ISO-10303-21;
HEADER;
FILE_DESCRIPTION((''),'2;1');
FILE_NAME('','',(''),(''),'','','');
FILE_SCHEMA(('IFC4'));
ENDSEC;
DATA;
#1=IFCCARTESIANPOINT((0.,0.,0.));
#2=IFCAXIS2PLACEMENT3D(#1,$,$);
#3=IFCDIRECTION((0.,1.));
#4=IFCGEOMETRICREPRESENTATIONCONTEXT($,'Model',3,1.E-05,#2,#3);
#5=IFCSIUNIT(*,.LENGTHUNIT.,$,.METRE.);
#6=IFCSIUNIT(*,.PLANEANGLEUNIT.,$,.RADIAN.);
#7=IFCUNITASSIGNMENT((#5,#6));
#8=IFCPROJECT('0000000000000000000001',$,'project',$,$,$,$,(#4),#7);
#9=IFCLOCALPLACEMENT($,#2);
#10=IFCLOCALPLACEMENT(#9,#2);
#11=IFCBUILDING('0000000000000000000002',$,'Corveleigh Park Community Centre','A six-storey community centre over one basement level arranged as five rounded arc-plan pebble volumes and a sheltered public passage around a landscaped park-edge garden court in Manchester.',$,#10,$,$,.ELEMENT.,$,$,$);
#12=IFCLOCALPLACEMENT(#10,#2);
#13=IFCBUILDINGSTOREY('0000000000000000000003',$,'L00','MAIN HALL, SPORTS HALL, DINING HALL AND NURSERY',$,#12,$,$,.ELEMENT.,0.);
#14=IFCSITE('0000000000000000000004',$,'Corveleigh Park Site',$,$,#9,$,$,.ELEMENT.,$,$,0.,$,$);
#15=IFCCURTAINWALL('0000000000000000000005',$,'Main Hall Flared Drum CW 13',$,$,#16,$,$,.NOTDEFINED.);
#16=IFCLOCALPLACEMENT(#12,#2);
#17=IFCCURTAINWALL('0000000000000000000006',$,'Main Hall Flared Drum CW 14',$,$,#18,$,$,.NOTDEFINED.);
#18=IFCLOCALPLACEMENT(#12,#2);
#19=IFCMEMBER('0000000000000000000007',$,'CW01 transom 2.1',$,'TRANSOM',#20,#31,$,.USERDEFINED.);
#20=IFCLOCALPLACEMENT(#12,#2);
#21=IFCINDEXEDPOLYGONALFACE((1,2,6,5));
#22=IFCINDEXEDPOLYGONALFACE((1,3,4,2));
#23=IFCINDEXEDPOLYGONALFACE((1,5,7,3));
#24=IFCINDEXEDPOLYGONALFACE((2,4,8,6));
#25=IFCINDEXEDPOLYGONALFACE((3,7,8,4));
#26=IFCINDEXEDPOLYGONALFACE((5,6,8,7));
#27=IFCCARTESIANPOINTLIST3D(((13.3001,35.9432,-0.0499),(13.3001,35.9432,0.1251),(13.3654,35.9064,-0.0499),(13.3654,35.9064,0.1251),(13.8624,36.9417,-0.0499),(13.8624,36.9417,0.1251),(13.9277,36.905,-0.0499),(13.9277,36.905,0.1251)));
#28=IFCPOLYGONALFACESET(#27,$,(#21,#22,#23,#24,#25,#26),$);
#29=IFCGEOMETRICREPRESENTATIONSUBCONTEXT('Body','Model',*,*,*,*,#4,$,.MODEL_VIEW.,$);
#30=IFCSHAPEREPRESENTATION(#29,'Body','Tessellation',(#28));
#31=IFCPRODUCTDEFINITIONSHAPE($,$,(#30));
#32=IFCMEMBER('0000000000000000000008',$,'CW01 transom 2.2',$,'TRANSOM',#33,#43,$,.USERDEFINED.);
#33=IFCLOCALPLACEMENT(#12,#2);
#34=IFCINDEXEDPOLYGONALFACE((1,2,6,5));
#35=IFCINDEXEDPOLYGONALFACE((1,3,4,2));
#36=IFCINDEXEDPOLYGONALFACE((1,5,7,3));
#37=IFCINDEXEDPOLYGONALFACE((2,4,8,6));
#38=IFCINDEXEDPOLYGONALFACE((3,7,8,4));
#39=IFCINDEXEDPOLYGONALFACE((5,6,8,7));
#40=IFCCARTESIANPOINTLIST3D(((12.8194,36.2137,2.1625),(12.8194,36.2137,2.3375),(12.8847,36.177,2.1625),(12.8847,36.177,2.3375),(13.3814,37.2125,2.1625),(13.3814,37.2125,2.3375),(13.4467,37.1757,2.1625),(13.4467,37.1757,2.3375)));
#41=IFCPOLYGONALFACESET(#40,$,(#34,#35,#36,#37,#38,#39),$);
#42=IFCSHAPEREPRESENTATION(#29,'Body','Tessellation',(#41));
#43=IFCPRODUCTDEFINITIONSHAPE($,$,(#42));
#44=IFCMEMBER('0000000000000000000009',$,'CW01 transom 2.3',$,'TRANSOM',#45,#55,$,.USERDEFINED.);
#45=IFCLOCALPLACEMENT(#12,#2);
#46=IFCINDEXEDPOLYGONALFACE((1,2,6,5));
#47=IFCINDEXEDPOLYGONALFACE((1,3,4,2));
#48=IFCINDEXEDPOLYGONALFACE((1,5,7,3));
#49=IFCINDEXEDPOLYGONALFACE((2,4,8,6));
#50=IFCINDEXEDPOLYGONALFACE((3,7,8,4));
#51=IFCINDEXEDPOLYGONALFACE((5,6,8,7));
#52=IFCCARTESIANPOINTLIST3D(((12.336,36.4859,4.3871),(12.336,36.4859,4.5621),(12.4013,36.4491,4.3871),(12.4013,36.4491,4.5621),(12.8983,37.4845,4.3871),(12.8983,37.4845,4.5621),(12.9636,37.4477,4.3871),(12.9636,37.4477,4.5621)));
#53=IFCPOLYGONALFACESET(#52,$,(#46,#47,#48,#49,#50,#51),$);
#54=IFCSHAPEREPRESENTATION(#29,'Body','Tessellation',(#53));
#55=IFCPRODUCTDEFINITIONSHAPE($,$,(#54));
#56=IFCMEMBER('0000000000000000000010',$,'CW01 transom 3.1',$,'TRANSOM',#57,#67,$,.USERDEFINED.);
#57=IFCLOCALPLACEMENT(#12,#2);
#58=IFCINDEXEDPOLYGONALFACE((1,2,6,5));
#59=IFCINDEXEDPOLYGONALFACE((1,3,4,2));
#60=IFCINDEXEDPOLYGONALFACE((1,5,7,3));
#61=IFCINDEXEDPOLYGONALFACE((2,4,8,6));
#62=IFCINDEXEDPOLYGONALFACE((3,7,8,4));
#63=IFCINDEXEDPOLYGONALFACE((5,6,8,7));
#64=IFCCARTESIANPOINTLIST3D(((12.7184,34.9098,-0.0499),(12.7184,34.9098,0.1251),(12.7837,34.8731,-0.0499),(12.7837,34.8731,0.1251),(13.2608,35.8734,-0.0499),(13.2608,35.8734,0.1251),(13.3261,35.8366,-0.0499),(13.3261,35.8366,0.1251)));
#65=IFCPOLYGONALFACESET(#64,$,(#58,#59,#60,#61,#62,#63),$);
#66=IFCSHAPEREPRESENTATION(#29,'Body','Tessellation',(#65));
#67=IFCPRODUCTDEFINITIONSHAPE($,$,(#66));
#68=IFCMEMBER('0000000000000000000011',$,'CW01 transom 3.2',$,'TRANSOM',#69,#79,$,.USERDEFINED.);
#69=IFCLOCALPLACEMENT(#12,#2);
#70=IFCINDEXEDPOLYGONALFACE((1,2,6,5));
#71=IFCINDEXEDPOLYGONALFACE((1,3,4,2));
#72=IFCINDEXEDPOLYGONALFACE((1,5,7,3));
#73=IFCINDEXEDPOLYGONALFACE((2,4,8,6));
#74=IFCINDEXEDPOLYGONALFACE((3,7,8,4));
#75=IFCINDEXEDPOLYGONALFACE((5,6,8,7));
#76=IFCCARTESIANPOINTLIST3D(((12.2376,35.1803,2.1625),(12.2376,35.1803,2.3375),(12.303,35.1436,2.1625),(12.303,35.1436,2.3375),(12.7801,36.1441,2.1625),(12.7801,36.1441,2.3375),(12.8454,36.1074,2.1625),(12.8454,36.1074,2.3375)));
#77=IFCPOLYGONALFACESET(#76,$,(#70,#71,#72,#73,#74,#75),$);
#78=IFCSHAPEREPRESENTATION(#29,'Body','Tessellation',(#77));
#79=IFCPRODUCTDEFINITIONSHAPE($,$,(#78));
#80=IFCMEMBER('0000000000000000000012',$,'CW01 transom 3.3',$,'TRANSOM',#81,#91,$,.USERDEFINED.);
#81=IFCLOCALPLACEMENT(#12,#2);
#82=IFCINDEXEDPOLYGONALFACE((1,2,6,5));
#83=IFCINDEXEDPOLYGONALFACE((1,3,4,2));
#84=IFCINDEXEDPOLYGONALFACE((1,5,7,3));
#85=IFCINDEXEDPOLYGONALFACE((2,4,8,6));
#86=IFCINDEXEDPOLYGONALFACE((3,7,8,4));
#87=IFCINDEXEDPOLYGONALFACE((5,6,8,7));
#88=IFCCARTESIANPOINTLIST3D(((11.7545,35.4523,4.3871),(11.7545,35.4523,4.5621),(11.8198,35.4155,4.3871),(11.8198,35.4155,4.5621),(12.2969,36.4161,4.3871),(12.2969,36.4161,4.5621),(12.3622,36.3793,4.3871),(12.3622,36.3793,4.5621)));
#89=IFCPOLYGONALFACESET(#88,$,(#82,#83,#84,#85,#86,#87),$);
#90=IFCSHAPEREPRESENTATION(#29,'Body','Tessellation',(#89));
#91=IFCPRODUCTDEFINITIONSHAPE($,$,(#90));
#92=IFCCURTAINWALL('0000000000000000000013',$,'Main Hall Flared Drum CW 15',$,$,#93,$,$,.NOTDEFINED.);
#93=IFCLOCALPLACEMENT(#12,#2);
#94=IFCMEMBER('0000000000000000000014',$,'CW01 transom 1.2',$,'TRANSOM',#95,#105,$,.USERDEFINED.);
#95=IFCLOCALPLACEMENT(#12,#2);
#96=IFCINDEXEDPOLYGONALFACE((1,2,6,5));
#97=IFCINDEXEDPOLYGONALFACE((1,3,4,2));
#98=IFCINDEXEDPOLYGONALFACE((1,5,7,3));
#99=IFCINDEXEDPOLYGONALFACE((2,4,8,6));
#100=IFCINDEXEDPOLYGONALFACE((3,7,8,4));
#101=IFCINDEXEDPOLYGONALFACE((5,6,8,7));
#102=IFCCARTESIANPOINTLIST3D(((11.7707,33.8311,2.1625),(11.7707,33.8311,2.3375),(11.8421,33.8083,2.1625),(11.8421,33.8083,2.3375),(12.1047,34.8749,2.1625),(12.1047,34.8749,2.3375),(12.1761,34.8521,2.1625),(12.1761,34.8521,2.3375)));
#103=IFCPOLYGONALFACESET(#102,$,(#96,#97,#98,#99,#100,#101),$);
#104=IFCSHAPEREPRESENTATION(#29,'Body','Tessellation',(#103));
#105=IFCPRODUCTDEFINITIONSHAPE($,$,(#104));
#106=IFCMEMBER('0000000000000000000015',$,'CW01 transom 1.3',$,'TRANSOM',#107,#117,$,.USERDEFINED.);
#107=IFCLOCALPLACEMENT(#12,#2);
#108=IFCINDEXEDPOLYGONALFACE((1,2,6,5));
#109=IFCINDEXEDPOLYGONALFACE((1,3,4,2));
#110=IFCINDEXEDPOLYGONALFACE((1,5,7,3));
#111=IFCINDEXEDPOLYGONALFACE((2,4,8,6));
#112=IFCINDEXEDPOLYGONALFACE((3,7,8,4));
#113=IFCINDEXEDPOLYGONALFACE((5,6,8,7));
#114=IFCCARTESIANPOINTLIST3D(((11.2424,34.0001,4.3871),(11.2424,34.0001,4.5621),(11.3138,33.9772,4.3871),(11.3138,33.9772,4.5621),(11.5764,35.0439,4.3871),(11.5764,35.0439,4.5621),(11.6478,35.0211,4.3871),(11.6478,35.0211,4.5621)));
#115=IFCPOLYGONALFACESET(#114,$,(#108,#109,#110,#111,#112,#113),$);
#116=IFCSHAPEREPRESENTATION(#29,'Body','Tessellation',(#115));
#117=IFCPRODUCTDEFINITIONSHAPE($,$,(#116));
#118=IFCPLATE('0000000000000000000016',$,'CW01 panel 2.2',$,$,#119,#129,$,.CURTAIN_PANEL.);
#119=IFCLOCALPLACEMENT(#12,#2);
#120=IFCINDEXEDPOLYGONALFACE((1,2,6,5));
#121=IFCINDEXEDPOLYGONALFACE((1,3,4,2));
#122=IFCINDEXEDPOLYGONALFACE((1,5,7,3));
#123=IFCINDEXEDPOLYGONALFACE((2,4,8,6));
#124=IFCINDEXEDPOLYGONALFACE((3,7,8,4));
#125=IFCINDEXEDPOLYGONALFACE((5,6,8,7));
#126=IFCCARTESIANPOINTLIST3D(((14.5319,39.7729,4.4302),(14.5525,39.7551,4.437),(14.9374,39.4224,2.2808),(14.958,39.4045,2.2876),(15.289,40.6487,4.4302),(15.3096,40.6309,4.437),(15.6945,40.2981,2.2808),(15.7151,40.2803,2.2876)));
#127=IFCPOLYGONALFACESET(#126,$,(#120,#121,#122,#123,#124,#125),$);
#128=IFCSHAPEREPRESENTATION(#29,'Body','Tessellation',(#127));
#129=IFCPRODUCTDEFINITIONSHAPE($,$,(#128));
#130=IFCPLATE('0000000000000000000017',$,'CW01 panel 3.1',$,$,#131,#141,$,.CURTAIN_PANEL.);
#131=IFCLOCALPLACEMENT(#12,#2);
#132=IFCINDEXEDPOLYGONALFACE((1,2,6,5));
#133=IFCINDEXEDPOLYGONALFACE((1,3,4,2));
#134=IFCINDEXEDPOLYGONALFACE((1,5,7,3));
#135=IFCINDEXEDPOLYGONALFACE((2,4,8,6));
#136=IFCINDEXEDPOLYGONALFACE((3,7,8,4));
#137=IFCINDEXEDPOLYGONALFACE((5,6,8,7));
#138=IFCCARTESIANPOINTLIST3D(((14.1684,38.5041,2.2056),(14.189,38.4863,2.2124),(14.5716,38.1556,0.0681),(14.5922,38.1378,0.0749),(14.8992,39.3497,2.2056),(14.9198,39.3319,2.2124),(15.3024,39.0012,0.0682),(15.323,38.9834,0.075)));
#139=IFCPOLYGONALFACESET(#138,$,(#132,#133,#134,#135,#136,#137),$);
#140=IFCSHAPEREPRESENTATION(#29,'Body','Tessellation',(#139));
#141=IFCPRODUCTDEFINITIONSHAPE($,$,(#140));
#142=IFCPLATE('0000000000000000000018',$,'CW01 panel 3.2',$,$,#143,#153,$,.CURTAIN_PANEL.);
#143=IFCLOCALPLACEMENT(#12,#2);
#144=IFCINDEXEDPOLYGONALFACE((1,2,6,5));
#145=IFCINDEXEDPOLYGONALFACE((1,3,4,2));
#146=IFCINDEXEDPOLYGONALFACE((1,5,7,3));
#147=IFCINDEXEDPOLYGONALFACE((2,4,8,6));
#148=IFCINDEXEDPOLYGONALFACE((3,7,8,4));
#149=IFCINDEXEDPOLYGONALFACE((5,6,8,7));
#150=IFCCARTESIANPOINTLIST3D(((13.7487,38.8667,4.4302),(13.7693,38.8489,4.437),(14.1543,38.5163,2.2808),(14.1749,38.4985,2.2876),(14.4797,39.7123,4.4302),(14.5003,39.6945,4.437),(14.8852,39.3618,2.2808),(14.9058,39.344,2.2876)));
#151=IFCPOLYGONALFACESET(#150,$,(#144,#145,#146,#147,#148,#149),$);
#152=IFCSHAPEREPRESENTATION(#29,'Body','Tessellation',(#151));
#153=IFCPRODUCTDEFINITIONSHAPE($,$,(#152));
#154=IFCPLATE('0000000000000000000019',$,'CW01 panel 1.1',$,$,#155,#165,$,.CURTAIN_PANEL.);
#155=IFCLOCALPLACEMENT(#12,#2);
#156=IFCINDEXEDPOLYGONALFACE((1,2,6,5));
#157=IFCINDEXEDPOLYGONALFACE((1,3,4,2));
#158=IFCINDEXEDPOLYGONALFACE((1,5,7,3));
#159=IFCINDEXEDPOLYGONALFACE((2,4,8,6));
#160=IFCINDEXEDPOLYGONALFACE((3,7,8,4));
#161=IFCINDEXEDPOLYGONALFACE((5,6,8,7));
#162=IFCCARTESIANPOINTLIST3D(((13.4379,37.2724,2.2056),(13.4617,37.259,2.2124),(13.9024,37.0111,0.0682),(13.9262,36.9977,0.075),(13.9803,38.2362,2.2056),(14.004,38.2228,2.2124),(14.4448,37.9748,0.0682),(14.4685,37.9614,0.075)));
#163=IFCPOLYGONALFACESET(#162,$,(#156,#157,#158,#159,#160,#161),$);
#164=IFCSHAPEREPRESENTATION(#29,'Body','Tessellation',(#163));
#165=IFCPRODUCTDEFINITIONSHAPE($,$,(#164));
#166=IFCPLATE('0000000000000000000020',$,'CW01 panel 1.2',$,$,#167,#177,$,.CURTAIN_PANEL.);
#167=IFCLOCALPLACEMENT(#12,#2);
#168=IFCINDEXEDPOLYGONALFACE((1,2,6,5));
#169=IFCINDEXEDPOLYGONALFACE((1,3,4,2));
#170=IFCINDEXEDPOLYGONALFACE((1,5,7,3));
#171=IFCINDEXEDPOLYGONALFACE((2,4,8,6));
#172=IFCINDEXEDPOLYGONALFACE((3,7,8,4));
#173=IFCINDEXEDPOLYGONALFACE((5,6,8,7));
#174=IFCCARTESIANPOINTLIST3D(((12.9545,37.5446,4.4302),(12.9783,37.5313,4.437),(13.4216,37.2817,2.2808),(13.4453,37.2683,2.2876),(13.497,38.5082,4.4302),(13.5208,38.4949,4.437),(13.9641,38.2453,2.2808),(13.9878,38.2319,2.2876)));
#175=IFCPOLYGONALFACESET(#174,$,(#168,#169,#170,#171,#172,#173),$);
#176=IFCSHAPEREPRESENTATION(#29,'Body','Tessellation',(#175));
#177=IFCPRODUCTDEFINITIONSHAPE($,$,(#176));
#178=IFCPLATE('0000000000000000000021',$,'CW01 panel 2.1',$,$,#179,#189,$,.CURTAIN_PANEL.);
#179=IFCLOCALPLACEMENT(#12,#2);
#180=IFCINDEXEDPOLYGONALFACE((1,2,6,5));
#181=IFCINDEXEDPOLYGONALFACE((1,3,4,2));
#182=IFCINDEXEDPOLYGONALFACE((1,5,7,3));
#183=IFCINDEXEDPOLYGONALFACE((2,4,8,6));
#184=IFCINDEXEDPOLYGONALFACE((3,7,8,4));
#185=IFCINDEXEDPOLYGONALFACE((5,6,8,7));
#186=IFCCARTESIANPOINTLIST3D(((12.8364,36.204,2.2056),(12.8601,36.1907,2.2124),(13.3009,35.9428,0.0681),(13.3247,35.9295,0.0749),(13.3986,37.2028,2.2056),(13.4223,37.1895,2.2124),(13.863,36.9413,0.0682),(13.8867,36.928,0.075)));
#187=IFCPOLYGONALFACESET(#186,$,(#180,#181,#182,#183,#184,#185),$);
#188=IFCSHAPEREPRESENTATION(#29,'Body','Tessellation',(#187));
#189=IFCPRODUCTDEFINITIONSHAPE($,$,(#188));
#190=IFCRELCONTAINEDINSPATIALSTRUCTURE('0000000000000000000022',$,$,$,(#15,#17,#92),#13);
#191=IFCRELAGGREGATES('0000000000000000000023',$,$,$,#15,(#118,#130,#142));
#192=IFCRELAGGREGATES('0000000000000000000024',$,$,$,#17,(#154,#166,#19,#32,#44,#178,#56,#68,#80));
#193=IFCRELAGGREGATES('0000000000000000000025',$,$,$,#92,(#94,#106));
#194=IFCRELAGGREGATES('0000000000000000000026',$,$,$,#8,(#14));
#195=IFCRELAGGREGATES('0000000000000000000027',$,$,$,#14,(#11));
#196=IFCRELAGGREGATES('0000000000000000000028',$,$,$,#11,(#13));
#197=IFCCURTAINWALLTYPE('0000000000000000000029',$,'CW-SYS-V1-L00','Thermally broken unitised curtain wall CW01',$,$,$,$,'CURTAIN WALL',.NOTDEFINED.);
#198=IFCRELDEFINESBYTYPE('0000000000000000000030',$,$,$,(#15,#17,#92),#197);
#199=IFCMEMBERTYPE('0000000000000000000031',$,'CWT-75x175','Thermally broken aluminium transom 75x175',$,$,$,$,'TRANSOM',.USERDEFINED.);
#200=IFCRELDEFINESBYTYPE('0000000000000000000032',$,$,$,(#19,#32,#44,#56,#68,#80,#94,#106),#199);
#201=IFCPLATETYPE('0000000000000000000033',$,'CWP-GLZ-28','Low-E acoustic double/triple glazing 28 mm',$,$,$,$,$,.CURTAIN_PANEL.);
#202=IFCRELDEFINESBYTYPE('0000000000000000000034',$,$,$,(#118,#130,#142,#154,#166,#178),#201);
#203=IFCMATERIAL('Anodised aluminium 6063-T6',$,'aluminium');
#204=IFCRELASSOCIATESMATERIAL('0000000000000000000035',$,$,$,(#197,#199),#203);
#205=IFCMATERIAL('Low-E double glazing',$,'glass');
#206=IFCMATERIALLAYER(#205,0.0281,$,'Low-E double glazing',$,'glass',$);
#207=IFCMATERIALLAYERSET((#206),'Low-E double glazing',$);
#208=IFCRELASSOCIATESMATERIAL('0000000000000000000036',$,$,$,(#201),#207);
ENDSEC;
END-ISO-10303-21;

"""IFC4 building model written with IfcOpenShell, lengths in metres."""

from ifc_helpers import new_model, si_unit, direction, frame, origin, origin_2d, place, context, subcontext, project, spatial, polyline, rectangle, outline, extrude, material, layer, layer_set, material_profile, profile_set, type_object, element, aggregate, save


model = new_model("IFC4")

# Units and contexts
model_context = context("Model", 3, precision=1e-05, world=origin(), true_north=direction((0.0, 1.0)))
body_context = subcontext(model_context, "Body", "Model", "MODEL_VIEW")
ifc_project = project(units=[si_unit("LENGTHUNIT", "METRE"), si_unit("PLANEANGLEUNIT", "RADIAN")], contexts=[model_context])

# Site, building, storey
site_placement = place(None, origin())
site = spatial("IfcSite", under=ifc_project, at=site_placement, Name="Corveleigh Park Site", CompositionType="ELEMENT", RefElevation=0.0)
building_placement = place(site_placement, origin())
building = spatial("IfcBuilding", under=site, at=building_placement, Name="Corveleigh Park Community Centre", Description="A six-storey community centre over one basement level arranged as five rounded arc-plan pebble volumes and a sheltered public passage around a landscaped park-edge garden court in Manchester.", CompositionType="ELEMENT")
storey_placement = place(building_placement, origin())
storey = spatial("IfcBuildingStorey", under=building, at=storey_placement, Name="L00", Description="MAIN HALL, SPORTS HALL, DINING HALL AND NURSERY", CompositionType="ELEMENT", Elevation=0.0)

# Curtain walls
ifc_material_1 = material(Name="Anodised aluminium 6063-T6", Category="aluminium")
curtain_wall_type = type_object("IfcCurtainWallType", Name="CW-SYS-V1-L00", Description="Thermally broken unitised curtain wall CW01", ElementType="CURTAIN WALL", PredefinedType="NOTDEFINED", material=ifc_material_1)
curtain_wall_1_placement = place(storey_placement, origin())
curtain_wall_1 = element("IfcCurtainWall", 1, at=curtain_wall_1_placement, inside=storey, type_object=curtain_wall_type, Name="Main Hall Flared Drum CW 13", PredefinedType="NOTDEFINED")
curtain_wall_2_placement = place(storey_placement, origin())
curtain_wall_2 = element("IfcCurtainWall", 2, at=curtain_wall_2_placement, inside=storey, type_object=curtain_wall_type, Name="Main Hall Flared Drum CW 14", PredefinedType="NOTDEFINED")

# Members
ifc_material_profile_1 = material_profile(ifc_material_1, rectangle(XDim=0.075, YDim=0.175, at=origin_2d()), Name="ALU-T75x175", Category="aluminium")
ifc_profile_set_1 = profile_set([ifc_material_profile_1], Name="Anodised aluminium 6063-T6")
member_type_1 = type_object("IfcMemberType", Name="CWT-75x175", Description="Thermally broken aluminium transom 75x175", ElementType="TRANSOM", PredefinedType="USERDEFINED", material=ifc_profile_set_1)
member_1_placement = place(storey_placement, frame((13.895, 36.9233, 0.0376), z_axis=(-0.490646, -0.871359, 0.0), x_axis=(0.871359, -0.490646, 0.0)))
member_1 = element("IfcMember", 3, at=member_1_placement, type_object=member_type_1, Name="CW01 transom 2.1", ObjectType="TRANSOM", PredefinedType="USERDEFINED", context=body_context, shape_type="SweptSolid", body=[
    extrude(rectangle(XDim=0.075, YDim=0.175, at=origin_2d()), origin(), (0.0, 0.0, 1.0), 1.146),
])
member_2_placement = place(storey_placement, frame((13.4141, 37.1941, 2.25), z_axis=(-0.490393, -0.871502, 0.0), x_axis=(0.871502, -0.490393, 0.0)))
member_2 = element("IfcMember", 4, at=member_2_placement, type_object=member_type_1, Name="CW01 transom 2.2", ObjectType="TRANSOM", PredefinedType="USERDEFINED", context=body_context, shape_type="SweptSolid", body=[
    extrude(rectangle(XDim=0.075, YDim=0.175, at=origin_2d()), origin(), (0.0, 0.0, 1.0), 1.146),
])
member_3_placement = place(storey_placement, frame((12.9309, 37.4661, 4.4746), z_axis=(-0.490646, -0.871359, 0.0), x_axis=(0.871359, -0.490646, 0.0)))
member_3 = element("IfcMember", 5, at=member_3_placement, type_object=member_type_1, Name="CW01 transom 2.3", ObjectType="TRANSOM", PredefinedType="USERDEFINED", context=body_context, shape_type="SweptSolid", body=[
    extrude(rectangle(XDim=0.075, YDim=0.175, at=origin_2d()), origin(), (0.0, 0.0, 1.0), 1.146),
])
member_4_placement = place(storey_placement, frame((13.2935, 35.855, 0.0376), z_axis=(-0.490565, -0.871404, 0.0), x_axis=(0.871404, -0.490565, 0.0)))
member_4 = element("IfcMember", 6, at=member_4_placement, type_object=member_type_1, Name="CW01 transom 3.1", ObjectType="TRANSOM", PredefinedType="USERDEFINED", context=body_context, shape_type="SweptSolid", body=[
    extrude(rectangle(XDim=0.075, YDim=0.175, at=origin_2d()), origin(), (0.0, 0.0, 1.0), 1.1057),
])
member_5_placement = place(storey_placement, frame((12.8127, 36.1257, 2.25), z_axis=(-0.490471, -0.871458, 0.0), x_axis=(0.871458, -0.490471, 0.0)))
member_5 = element("IfcMember", 7, at=member_5_placement, type_object=member_type_1, Name="CW01 transom 3.2", ObjectType="TRANSOM", PredefinedType="USERDEFINED", context=body_context, shape_type="SweptSolid", body=[
    extrude(rectangle(XDim=0.075, YDim=0.175, at=origin_2d()), origin(), (0.0, 0.0, 1.0), 1.106),
])
member_6_placement = place(storey_placement, frame((12.3296, 36.3977, 4.4746), z_axis=(-0.490471, -0.871458, 0.0), x_axis=(0.871458, -0.490471, 0.0)))
member_6 = element("IfcMember", 8, at=member_6_placement, type_object=member_type_1, Name="CW01 transom 3.3", ObjectType="TRANSOM", PredefinedType="USERDEFINED", context=body_context, shape_type="SweptSolid", body=[
    extrude(rectangle(XDim=0.075, YDim=0.175, at=origin_2d()), origin(), (0.0, 0.0, 1.0), 1.106),
])

# Curtain wall, members
curtain_wall_3_placement = place(storey_placement, origin())
curtain_wall_3 = element("IfcCurtainWall", 9, at=curtain_wall_3_placement, inside=storey, type_object=curtain_wall_type, Name="Main Hall Flared Drum CW 15", PredefinedType="NOTDEFINED")
member_7_placement = place(storey_placement, frame((12.1404, 34.8635, 2.25), z_axis=(-0.304711, -0.952445, 0.0), x_axis=(0.952445, -0.304711, 0.0)))
member_7 = element("IfcMember", 10, at=member_7_placement, type_object=member_type_1, Name="CW01 transom 1.2", ObjectType="TRANSOM", PredefinedType="USERDEFINED", context=body_context, shape_type="SweptSolid", body=[
    extrude(rectangle(XDim=0.075, YDim=0.175, at=origin_2d()), origin(), (0.0, 0.0, 1.0), 1.0959),
])
member_8_placement = place(storey_placement, frame((11.6121, 35.0325, 4.4746), z_axis=(-0.304711, -0.952445, 0.0), x_axis=(0.952445, -0.304711, 0.0)))
member_8 = element("IfcMember", 11, at=member_8_placement, type_object=member_type_1, Name="CW01 transom 1.3", ObjectType="TRANSOM", PredefinedType="USERDEFINED", context=body_context, shape_type="SweptSolid", body=[
    extrude(rectangle(XDim=0.075, YDim=0.175, at=origin_2d()), origin(), (0.0, 0.0, 1.0), 1.0959),
])

# Plates
ifc_material_2 = material(Name="Low-E double glazing", Category="glass")
ifc_layer = layer(ifc_material_2, 0.0281, Name="Low-E double glazing", Category="glass")
ifc_layer_set = layer_set([ifc_layer], Name="Low-E double glazing")
plate_type = type_object("IfcPlateType", Name="CWP-GLZ-28", Description="Low-E acoustic double/triple glazing 28 mm", PredefinedType="CURTAIN_PANEL", material=ifc_layer_set)
plate_1_placement = place(storey_placement, frame((15.7151, 40.2803, 2.2876), z_axis=(0.734013, -0.634562, 0.241984), x_axis=(-0.653999, -0.756496, 0.0)))
plate_1 = element("IfcPlate", 12, at=plate_1_placement, type_object=plate_type, Name="CW01 panel 2.2", PredefinedType="CURTAIN_PANEL", context=body_context, shape_type="SweptSolid", body=[
    extrude(outline(polyline([(0.0, 0.0), (1.1576, 0.0), (1.1576, -2.2153), (0.0, -2.2153), (0.0, 0.0)])), origin(), (0.0, 0.0, -1.0), 0.0281),
])
plate_2_placement = place(storey_placement, frame((15.323, 38.9834, 0.075), z_axis=(0.7341, -0.634482, 0.241929), x_axis=(-0.6539, -0.756581, -0.000036)))
plate_2 = element("IfcPlate", 13, at=plate_2_placement, type_object=plate_type, Name="CW01 panel 3.1", PredefinedType="CURTAIN_PANEL", context=body_context, shape_type="SweptSolid", body=[
    extrude(outline(polyline([(0.0, 0.0), (1.1177, 0.0), (1.1175, -2.2029), (-0.0001, -2.2028), (0.0, 0.0)])), origin(), (0.0, 0.0, -1.0), 0.0281),
])
plate_3_placement = place(storey_placement, frame((14.9058, 39.344, 2.2876), z_axis=(0.734044, -0.634539, 0.24195), x_axis=(-0.653973, -0.756518, 0.000017)))
plate_3 = element("IfcPlate", 14, at=plate_3_placement, type_object=plate_type, Name="CW01 panel 3.2", PredefinedType="CURTAIN_PANEL", context=body_context, shape_type="SweptSolid", body=[
    extrude(outline(polyline([(0.0, 0.0), (1.1176, 0.0), (1.1178, -2.2152), (0.0, -2.2153), (0.0, 0.0)])), origin(), (0.0, 0.0, -1.0), 0.0281),
])
aggregate(curtain_wall_1, [plate_1, plate_2, plate_3])
plate_4_placement = place(storey_placement, frame((14.4685, 37.9614, 0.075), z_axis=(0.845589, -0.475865, 0.241936), x_axis=(-0.490442, -0.871474, 0.000035)))
plate_4 = element("IfcPlate", 15, at=plate_4_placement, type_object=plate_type, Name="CW01 panel 1.1", PredefinedType="CURTAIN_PANEL", context=body_context, shape_type="SweptSolid", body=[
    extrude(outline(polyline([(0.0, 0.0), (1.1058, 0.0), (1.106, -2.2029), (0.0001, -2.2029), (0.0, 0.0)])), origin(), (0.0, 0.0, -1.0), 0.0281),
])
plate_5_placement = place(storey_placement, frame((13.9878, 38.2319, 2.2876), z_axis=(0.845514, -0.47599, 0.241948), x_axis=(-0.490565, -0.871404, 0.0)))
plate_5 = element("IfcPlate", 16, at=plate_5_placement, type_object=plate_type, Name="CW01 panel 1.2", PredefinedType="CURTAIN_PANEL", context=body_context, shape_type="SweptSolid", body=[
    extrude(outline(polyline([(0.0, 0.0), (1.1058, 0.0), (1.1058, -2.2152), (0.0, -2.2152), (0.0, 0.0)])), origin(), (0.0, 0.0, -1.0), 0.0281),
])
plate_6_placement = place(storey_placement, frame((13.8867, 36.928, 0.075), z_axis=(0.845542, -0.475947, 0.241936), x_axis=(-0.490517, -0.871432, -0.00001)))
plate_6 = element("IfcPlate", 17, at=plate_6_placement, type_object=plate_type, Name="CW01 panel 2.1", PredefinedType="CURTAIN_PANEL", context=body_context, shape_type="SweptSolid", body=[
    extrude(outline(polyline([(0.0, 0.0), (1.1458, 0.0), (1.1461, -2.2029), (-0.0001, -2.2029), (0.0, 0.0)])), origin(), (0.0, 0.0, -1.0), 0.0281),
])
aggregate(curtain_wall_2, [plate_4, plate_5, member_1, member_2, member_3, plate_6, member_4, member_5, member_6])
aggregate(curtain_wall_3, [member_7, member_8])

save(model, "model.ifc")
